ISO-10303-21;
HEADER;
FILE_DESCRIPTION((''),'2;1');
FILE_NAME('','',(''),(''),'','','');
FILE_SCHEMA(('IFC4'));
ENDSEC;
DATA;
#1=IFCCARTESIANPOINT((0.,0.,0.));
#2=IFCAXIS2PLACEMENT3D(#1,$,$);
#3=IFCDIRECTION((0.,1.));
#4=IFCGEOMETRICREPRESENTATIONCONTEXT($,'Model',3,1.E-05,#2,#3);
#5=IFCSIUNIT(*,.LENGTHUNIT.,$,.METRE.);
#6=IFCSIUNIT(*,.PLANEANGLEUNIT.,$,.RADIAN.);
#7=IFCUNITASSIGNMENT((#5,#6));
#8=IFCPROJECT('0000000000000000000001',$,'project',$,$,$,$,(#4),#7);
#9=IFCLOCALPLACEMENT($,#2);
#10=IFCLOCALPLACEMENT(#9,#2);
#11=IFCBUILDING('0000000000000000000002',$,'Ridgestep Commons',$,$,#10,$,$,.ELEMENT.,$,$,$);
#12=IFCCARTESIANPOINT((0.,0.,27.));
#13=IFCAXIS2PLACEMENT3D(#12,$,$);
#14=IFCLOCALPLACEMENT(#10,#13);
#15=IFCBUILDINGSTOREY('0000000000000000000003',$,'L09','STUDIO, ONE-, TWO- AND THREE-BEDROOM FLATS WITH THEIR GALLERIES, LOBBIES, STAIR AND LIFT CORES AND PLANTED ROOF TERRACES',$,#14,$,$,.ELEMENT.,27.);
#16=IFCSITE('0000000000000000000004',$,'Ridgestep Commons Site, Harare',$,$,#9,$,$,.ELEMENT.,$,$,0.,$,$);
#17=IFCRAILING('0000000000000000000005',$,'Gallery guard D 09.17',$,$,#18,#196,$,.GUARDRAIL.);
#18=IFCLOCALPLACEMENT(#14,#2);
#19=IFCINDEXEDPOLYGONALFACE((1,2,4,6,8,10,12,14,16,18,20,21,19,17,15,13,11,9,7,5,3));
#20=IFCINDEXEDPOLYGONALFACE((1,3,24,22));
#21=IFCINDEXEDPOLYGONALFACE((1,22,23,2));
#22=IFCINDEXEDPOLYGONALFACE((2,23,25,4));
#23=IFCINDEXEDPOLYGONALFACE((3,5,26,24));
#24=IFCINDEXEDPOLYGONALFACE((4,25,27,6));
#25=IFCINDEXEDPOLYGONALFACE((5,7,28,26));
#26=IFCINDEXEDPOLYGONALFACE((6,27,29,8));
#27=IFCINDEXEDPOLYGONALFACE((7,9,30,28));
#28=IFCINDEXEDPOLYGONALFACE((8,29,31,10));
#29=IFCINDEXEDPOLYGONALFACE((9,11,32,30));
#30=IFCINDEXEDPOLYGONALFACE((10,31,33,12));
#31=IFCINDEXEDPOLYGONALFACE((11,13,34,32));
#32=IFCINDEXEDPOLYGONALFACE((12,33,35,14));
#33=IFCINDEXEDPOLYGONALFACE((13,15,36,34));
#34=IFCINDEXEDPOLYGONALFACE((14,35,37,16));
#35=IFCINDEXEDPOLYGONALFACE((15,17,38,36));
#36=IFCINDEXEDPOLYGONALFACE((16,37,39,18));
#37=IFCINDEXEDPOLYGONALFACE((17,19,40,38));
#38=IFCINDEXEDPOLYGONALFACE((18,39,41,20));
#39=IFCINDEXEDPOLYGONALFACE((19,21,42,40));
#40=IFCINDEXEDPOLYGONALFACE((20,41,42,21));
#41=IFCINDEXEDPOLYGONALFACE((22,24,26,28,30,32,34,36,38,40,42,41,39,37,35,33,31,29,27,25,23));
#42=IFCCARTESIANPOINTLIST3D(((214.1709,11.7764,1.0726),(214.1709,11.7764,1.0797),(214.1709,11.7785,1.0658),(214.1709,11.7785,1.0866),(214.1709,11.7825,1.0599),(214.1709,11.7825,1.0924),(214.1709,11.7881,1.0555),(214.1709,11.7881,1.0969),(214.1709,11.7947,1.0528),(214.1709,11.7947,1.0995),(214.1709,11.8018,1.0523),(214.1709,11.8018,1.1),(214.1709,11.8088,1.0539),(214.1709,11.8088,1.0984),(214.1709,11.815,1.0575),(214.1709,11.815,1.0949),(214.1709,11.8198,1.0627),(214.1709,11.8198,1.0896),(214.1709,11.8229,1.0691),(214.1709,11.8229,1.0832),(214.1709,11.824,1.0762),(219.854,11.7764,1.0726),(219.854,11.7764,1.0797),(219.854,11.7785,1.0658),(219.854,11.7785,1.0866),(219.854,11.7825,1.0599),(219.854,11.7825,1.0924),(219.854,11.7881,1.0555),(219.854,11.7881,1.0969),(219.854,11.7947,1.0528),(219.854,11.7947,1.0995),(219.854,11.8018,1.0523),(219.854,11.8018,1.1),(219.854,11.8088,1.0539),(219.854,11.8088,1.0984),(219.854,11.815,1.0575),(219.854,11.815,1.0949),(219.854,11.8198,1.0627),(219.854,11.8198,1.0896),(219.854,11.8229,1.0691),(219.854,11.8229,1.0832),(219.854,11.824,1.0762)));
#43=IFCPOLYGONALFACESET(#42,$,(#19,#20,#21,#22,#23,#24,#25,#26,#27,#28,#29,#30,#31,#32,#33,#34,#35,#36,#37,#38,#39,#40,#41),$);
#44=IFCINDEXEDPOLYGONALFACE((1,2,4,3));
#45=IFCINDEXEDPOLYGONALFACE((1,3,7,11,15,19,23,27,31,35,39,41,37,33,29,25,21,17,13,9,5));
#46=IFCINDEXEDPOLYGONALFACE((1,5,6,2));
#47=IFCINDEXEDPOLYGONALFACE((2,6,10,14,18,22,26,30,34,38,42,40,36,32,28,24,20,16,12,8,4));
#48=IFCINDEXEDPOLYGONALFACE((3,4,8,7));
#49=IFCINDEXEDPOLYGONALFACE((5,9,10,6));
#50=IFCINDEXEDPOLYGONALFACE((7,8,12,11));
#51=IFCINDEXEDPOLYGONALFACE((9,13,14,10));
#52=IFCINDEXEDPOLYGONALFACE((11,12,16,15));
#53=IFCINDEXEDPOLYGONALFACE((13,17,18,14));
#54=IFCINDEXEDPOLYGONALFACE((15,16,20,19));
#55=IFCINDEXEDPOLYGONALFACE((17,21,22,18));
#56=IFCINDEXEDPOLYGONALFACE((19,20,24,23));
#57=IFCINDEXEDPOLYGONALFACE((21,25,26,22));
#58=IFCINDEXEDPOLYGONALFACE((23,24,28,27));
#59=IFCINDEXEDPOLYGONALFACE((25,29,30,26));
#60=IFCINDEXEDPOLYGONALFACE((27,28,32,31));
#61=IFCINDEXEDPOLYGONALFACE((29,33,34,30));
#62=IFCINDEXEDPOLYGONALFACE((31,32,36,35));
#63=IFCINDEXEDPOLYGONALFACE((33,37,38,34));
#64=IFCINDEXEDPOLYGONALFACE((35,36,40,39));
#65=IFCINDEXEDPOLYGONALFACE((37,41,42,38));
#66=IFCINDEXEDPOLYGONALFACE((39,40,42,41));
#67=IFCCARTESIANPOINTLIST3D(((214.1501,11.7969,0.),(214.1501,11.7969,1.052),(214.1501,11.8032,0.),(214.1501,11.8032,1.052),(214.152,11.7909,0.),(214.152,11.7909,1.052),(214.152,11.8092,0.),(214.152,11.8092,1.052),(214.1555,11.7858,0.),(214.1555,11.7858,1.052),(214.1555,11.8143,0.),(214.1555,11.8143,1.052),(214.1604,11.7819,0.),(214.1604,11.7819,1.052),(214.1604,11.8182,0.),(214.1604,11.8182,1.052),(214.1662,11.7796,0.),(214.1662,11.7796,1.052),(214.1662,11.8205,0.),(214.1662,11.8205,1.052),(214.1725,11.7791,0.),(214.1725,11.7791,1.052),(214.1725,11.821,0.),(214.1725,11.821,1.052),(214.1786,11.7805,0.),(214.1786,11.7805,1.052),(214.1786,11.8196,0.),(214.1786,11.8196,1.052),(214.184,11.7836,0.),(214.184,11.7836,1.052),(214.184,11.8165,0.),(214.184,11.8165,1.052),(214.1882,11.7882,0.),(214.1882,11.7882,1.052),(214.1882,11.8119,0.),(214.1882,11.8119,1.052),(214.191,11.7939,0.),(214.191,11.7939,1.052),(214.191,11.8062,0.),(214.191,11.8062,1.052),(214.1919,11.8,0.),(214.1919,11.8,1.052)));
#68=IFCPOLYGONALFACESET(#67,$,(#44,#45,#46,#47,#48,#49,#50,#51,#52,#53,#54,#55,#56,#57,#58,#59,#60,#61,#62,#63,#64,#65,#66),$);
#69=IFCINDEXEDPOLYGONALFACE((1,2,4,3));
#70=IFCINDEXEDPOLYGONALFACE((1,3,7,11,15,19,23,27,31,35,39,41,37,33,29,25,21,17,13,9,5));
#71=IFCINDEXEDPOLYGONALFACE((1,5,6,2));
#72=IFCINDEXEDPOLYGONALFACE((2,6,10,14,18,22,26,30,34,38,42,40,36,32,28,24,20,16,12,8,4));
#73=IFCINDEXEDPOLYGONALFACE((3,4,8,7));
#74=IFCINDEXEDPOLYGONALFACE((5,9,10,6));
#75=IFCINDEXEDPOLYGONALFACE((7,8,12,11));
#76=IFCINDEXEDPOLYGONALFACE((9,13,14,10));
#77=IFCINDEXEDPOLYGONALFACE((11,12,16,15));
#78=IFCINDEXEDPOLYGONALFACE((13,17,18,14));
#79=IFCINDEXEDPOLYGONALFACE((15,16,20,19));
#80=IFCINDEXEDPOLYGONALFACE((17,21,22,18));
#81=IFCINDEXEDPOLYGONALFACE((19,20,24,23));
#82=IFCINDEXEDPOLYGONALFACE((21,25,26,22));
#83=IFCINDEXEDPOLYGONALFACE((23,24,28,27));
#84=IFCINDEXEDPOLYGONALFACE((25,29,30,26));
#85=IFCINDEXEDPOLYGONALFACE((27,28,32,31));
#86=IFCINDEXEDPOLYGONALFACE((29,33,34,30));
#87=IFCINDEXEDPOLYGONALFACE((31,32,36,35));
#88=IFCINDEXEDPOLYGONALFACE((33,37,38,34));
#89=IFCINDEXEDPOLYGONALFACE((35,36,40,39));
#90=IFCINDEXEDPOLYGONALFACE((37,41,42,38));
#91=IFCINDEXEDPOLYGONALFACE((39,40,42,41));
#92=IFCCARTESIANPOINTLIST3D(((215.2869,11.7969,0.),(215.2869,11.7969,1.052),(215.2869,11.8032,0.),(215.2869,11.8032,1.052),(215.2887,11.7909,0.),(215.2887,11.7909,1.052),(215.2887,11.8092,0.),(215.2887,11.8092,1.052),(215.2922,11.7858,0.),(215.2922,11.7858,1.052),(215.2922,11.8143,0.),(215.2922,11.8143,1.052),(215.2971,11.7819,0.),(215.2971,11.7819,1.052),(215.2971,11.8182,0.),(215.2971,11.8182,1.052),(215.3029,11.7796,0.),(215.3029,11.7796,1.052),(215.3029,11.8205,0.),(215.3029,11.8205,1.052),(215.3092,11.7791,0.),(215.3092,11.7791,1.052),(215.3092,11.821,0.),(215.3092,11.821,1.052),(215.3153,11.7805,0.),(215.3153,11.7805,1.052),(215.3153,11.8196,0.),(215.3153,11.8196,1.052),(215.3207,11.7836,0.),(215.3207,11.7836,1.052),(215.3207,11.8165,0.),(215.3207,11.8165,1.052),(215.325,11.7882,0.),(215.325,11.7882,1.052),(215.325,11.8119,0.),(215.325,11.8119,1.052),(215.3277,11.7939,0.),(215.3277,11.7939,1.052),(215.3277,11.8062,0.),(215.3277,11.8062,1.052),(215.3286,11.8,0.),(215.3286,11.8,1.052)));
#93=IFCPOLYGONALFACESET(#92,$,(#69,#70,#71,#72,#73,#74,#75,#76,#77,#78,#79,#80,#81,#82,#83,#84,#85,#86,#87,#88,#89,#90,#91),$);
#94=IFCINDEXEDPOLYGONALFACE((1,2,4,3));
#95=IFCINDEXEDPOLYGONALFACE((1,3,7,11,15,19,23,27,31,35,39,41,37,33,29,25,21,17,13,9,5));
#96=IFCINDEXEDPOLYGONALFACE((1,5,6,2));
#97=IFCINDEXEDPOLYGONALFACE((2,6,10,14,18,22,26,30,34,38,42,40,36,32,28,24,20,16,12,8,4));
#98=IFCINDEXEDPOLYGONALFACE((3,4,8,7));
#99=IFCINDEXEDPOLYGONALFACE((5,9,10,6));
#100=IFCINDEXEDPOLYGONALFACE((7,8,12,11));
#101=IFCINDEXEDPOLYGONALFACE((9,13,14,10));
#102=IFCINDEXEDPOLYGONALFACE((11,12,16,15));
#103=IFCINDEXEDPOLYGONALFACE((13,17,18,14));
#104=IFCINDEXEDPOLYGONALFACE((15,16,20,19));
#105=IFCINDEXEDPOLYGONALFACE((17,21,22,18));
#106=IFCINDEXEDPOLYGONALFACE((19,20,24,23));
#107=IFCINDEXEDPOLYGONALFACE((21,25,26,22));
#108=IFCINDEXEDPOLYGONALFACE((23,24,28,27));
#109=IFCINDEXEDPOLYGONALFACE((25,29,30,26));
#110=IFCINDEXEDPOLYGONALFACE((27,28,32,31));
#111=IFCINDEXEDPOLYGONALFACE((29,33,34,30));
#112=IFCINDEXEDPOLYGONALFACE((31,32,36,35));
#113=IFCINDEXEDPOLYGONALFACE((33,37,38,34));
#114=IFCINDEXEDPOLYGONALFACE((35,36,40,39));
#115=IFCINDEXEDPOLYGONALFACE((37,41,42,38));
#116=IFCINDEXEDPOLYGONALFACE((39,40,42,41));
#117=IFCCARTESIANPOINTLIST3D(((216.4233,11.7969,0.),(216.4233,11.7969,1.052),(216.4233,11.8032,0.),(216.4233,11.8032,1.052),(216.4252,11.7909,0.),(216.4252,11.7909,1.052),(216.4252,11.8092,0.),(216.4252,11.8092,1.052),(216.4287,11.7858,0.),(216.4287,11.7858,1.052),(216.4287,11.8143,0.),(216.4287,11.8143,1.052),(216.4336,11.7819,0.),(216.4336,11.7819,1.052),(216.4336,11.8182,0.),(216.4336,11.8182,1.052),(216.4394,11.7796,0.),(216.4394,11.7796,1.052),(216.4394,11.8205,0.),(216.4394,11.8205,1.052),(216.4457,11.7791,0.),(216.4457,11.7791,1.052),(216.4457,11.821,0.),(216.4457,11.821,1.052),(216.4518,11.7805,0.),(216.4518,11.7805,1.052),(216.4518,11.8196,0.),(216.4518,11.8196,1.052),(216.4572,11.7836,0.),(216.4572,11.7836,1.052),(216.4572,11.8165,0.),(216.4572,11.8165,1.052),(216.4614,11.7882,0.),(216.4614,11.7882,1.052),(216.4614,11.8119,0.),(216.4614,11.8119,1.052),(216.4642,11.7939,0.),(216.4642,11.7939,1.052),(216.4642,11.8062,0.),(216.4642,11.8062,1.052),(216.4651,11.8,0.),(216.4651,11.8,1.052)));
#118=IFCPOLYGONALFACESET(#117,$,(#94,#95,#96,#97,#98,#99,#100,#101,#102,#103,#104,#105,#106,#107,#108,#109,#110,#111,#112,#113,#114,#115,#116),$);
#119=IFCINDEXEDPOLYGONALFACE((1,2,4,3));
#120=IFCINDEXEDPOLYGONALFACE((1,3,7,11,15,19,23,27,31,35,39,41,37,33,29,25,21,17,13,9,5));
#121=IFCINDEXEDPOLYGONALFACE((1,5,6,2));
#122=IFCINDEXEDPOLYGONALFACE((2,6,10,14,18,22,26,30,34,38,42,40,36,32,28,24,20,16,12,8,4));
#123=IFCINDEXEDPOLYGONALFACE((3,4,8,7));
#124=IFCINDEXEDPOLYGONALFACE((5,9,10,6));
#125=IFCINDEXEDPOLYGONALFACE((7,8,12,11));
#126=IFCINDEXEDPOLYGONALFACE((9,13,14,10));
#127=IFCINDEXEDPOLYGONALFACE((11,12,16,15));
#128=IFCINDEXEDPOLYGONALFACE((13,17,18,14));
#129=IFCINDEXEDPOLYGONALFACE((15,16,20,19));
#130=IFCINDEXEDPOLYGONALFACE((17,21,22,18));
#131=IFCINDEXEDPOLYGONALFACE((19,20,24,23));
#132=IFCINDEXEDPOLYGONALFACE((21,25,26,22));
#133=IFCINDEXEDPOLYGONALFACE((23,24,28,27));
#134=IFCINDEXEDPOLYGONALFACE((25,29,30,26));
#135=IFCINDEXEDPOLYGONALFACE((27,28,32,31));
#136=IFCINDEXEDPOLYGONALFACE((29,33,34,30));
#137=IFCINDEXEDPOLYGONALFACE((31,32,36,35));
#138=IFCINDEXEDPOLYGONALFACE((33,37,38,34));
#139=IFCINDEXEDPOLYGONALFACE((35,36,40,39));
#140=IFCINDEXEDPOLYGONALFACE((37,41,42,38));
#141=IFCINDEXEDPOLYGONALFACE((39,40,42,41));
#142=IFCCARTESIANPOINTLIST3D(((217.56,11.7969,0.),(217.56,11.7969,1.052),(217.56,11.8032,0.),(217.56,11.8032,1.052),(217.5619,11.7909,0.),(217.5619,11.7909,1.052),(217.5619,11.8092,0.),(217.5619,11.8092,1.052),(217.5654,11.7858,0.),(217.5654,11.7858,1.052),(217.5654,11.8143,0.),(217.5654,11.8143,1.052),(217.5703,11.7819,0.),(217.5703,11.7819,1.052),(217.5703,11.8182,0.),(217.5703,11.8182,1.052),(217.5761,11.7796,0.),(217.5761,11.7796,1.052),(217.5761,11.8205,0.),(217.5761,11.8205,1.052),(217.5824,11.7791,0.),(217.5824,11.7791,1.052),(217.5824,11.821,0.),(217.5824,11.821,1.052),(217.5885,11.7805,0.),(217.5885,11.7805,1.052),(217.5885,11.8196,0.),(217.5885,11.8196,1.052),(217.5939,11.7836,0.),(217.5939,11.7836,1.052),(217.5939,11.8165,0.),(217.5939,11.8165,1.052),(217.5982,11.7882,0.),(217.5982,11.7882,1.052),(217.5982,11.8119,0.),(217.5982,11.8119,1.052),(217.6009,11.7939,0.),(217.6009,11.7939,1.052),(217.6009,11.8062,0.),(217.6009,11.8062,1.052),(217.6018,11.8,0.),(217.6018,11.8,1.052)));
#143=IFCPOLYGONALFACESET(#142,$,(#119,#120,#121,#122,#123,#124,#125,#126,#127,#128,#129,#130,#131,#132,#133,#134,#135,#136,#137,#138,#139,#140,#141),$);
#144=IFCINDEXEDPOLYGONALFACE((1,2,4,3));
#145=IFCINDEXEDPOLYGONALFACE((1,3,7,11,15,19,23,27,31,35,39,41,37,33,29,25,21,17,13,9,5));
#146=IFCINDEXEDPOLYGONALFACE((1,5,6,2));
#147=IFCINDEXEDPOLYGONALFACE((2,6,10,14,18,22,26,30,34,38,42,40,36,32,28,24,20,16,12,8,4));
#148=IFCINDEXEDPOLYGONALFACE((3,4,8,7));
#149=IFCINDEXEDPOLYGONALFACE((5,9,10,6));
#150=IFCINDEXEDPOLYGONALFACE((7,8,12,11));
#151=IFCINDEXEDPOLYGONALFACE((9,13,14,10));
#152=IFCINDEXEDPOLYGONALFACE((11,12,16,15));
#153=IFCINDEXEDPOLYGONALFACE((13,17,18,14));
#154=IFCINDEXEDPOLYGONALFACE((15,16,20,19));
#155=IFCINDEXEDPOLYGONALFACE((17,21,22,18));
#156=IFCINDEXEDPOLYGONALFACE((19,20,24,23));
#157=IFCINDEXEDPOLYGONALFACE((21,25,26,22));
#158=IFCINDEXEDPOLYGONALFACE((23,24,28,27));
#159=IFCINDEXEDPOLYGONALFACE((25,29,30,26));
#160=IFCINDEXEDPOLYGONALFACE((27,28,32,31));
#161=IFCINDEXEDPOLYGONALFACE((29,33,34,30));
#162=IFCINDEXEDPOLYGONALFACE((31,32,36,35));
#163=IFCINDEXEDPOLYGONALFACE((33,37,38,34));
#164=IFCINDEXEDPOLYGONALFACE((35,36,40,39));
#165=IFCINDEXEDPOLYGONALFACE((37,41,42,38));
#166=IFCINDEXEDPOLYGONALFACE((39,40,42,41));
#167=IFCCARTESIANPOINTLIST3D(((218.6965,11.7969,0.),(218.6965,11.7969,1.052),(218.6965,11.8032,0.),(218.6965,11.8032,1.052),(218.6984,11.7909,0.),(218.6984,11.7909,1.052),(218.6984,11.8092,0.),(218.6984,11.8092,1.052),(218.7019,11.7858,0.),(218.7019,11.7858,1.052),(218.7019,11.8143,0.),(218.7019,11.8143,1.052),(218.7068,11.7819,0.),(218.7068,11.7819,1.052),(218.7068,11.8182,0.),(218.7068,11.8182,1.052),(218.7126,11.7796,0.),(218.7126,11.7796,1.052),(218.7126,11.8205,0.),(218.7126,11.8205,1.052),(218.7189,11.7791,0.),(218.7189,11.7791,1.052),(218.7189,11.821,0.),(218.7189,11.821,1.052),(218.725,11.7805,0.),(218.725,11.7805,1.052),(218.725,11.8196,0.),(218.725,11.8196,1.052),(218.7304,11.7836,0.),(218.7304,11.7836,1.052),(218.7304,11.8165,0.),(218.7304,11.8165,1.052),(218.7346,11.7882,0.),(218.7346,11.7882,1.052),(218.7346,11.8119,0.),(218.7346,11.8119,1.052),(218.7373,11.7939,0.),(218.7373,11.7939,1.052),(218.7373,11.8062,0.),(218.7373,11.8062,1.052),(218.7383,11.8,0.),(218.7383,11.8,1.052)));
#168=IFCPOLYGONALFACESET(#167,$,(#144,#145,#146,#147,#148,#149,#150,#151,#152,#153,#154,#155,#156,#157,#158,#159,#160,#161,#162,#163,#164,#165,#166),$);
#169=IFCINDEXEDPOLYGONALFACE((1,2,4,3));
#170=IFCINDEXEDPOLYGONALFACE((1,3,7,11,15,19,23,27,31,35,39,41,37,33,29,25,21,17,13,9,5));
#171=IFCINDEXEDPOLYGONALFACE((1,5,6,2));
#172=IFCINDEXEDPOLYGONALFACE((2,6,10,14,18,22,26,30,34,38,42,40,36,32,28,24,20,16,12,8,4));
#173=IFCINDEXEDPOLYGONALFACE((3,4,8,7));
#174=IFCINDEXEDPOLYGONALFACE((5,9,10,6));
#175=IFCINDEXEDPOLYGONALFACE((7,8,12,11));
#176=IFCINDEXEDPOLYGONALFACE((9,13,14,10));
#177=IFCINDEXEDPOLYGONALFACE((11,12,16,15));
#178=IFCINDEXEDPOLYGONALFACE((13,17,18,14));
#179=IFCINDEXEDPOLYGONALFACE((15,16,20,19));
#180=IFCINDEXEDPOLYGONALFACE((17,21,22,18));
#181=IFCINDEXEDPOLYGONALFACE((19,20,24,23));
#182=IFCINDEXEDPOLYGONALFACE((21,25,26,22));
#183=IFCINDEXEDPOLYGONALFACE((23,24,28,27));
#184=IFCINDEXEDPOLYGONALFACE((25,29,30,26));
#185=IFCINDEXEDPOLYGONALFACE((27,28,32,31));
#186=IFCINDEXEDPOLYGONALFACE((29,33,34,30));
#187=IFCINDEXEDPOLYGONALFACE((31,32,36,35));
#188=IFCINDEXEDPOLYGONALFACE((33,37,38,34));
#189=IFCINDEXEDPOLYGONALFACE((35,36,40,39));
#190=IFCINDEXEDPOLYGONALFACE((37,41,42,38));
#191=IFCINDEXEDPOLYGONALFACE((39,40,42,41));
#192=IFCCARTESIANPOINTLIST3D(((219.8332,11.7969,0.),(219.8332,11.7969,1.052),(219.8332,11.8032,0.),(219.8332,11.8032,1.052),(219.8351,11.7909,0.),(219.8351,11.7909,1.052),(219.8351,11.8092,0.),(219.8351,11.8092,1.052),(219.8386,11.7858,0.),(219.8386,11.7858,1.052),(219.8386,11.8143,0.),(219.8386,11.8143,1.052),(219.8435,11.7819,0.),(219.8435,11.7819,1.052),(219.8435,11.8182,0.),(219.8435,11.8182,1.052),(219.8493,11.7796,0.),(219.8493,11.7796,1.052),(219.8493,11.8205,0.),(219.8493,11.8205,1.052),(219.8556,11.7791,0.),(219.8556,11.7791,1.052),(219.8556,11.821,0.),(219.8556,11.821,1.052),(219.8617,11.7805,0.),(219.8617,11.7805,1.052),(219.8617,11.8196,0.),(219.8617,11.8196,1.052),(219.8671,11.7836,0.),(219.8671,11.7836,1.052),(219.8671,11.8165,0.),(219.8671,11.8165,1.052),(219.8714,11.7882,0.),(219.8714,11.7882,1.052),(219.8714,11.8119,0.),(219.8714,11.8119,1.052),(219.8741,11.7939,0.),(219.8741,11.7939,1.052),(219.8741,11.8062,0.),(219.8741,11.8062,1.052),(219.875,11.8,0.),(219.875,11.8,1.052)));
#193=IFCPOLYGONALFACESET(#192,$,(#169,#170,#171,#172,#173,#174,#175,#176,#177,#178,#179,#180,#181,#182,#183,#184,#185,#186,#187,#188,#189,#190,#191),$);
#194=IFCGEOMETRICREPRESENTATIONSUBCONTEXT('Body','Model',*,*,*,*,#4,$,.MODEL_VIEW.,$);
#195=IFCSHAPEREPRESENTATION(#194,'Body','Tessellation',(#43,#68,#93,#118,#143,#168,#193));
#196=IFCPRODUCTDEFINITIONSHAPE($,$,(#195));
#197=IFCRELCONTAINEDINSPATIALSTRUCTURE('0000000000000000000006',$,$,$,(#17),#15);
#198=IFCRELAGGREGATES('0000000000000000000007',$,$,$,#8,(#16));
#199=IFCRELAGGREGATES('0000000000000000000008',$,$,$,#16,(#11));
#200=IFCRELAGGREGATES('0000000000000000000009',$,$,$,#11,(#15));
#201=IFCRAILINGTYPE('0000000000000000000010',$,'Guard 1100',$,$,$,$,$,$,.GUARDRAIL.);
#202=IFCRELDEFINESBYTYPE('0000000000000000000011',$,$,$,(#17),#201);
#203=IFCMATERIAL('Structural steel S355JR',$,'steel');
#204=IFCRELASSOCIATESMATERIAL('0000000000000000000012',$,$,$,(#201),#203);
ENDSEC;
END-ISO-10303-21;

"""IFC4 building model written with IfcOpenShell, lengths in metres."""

from ifc_helpers import new_model, si_unit, direction, frame, origin, origin_2d, place, context, subcontext, project, spatial, circle, extrude, material, type_object, element, save


model = new_model("IFC4")

# Units and contexts
model_context = context("Model", 3, precision=1e-05, world=origin(), true_north=direction((0.0, 1.0)))
body_context = subcontext(model_context, "Body", "Model", "MODEL_VIEW")
ifc_project = project(units=[si_unit("LENGTHUNIT", "METRE"), si_unit("PLANEANGLEUNIT", "RADIAN")], contexts=[model_context])

# Site, building, storey
site_placement = place(None, origin())
site = spatial("IfcSite", under=ifc_project, at=site_placement, Name="Ridgestep Commons Site, Harare", CompositionType="ELEMENT", RefElevation=0.0)
building_placement = place(site_placement, origin())
building = spatial("IfcBuilding", under=site, at=building_placement, Name="Ridgestep Commons", CompositionType="ELEMENT")
storey_placement = place(building_placement, frame((0.0, 0.0, 27.0)))
storey = spatial("IfcBuildingStorey", under=building, at=storey_placement, Name="L09", Description="STUDIO, ONE-, TWO- AND THREE-BEDROOM FLATS WITH THEIR GALLERIES, LOBBIES, STAIR AND LIFT CORES AND PLANTED ROOF TERRACES", CompositionType="ELEMENT", Elevation=27.0)

# Railing
ifc_material_1 = material(Name="Structural steel S355JR", Category="steel")
railing_type_1 = type_object("IfcRailingType", Name="Guard 1100", PredefinedType="GUARDRAIL", material=ifc_material_1)
railing_1_placement = place(storey_placement, frame((214.1709, 11.8, 0.0)))
element("IfcRailing", 1, at=railing_1_placement, inside=storey, type_object=railing_type_1, Name="Gallery guard D 09.17", PredefinedType="GUARDRAIL", context=body_context, shape_type="SweptSolid", body=[
    extrude(circle(Radius=0.0239, at=origin_2d()), frame((0.0, 0.0, 1.0762), z_axis=(1.0, 0.0, 0.0), x_axis=(0.0, 1.0, 0.0)), (0.0, 0.0, 1.0), 5.6831),
    extrude(circle(Radius=0.021, at=origin_2d()), origin(), (0.0, 0.0, 1.0), 1.052),
    extrude(circle(Radius=0.021, at=origin_2d()), frame((1.1367, 0.0, 0.0)), (0.0, 0.0, 1.0), 1.052),
    extrude(circle(Radius=0.021, at=origin_2d()), frame((2.2732, 0.0, 0.0)), (0.0, 0.0, 1.0), 1.052),
    extrude(circle(Radius=0.021, at=origin_2d()), frame((3.4099, 0.0, 0.0)), (0.0, 0.0, 1.0), 1.052),
    extrude(circle(Radius=0.021, at=origin_2d()), frame((4.5464, 0.0, 0.0)), (0.0, 0.0, 1.0), 1.052),
    extrude(circle(Radius=0.021, at=origin_2d()), frame((5.6831, 0.0, 0.0)), (0.0, 0.0, 1.0), 1.052),
])

save(model, "model.ifc")
